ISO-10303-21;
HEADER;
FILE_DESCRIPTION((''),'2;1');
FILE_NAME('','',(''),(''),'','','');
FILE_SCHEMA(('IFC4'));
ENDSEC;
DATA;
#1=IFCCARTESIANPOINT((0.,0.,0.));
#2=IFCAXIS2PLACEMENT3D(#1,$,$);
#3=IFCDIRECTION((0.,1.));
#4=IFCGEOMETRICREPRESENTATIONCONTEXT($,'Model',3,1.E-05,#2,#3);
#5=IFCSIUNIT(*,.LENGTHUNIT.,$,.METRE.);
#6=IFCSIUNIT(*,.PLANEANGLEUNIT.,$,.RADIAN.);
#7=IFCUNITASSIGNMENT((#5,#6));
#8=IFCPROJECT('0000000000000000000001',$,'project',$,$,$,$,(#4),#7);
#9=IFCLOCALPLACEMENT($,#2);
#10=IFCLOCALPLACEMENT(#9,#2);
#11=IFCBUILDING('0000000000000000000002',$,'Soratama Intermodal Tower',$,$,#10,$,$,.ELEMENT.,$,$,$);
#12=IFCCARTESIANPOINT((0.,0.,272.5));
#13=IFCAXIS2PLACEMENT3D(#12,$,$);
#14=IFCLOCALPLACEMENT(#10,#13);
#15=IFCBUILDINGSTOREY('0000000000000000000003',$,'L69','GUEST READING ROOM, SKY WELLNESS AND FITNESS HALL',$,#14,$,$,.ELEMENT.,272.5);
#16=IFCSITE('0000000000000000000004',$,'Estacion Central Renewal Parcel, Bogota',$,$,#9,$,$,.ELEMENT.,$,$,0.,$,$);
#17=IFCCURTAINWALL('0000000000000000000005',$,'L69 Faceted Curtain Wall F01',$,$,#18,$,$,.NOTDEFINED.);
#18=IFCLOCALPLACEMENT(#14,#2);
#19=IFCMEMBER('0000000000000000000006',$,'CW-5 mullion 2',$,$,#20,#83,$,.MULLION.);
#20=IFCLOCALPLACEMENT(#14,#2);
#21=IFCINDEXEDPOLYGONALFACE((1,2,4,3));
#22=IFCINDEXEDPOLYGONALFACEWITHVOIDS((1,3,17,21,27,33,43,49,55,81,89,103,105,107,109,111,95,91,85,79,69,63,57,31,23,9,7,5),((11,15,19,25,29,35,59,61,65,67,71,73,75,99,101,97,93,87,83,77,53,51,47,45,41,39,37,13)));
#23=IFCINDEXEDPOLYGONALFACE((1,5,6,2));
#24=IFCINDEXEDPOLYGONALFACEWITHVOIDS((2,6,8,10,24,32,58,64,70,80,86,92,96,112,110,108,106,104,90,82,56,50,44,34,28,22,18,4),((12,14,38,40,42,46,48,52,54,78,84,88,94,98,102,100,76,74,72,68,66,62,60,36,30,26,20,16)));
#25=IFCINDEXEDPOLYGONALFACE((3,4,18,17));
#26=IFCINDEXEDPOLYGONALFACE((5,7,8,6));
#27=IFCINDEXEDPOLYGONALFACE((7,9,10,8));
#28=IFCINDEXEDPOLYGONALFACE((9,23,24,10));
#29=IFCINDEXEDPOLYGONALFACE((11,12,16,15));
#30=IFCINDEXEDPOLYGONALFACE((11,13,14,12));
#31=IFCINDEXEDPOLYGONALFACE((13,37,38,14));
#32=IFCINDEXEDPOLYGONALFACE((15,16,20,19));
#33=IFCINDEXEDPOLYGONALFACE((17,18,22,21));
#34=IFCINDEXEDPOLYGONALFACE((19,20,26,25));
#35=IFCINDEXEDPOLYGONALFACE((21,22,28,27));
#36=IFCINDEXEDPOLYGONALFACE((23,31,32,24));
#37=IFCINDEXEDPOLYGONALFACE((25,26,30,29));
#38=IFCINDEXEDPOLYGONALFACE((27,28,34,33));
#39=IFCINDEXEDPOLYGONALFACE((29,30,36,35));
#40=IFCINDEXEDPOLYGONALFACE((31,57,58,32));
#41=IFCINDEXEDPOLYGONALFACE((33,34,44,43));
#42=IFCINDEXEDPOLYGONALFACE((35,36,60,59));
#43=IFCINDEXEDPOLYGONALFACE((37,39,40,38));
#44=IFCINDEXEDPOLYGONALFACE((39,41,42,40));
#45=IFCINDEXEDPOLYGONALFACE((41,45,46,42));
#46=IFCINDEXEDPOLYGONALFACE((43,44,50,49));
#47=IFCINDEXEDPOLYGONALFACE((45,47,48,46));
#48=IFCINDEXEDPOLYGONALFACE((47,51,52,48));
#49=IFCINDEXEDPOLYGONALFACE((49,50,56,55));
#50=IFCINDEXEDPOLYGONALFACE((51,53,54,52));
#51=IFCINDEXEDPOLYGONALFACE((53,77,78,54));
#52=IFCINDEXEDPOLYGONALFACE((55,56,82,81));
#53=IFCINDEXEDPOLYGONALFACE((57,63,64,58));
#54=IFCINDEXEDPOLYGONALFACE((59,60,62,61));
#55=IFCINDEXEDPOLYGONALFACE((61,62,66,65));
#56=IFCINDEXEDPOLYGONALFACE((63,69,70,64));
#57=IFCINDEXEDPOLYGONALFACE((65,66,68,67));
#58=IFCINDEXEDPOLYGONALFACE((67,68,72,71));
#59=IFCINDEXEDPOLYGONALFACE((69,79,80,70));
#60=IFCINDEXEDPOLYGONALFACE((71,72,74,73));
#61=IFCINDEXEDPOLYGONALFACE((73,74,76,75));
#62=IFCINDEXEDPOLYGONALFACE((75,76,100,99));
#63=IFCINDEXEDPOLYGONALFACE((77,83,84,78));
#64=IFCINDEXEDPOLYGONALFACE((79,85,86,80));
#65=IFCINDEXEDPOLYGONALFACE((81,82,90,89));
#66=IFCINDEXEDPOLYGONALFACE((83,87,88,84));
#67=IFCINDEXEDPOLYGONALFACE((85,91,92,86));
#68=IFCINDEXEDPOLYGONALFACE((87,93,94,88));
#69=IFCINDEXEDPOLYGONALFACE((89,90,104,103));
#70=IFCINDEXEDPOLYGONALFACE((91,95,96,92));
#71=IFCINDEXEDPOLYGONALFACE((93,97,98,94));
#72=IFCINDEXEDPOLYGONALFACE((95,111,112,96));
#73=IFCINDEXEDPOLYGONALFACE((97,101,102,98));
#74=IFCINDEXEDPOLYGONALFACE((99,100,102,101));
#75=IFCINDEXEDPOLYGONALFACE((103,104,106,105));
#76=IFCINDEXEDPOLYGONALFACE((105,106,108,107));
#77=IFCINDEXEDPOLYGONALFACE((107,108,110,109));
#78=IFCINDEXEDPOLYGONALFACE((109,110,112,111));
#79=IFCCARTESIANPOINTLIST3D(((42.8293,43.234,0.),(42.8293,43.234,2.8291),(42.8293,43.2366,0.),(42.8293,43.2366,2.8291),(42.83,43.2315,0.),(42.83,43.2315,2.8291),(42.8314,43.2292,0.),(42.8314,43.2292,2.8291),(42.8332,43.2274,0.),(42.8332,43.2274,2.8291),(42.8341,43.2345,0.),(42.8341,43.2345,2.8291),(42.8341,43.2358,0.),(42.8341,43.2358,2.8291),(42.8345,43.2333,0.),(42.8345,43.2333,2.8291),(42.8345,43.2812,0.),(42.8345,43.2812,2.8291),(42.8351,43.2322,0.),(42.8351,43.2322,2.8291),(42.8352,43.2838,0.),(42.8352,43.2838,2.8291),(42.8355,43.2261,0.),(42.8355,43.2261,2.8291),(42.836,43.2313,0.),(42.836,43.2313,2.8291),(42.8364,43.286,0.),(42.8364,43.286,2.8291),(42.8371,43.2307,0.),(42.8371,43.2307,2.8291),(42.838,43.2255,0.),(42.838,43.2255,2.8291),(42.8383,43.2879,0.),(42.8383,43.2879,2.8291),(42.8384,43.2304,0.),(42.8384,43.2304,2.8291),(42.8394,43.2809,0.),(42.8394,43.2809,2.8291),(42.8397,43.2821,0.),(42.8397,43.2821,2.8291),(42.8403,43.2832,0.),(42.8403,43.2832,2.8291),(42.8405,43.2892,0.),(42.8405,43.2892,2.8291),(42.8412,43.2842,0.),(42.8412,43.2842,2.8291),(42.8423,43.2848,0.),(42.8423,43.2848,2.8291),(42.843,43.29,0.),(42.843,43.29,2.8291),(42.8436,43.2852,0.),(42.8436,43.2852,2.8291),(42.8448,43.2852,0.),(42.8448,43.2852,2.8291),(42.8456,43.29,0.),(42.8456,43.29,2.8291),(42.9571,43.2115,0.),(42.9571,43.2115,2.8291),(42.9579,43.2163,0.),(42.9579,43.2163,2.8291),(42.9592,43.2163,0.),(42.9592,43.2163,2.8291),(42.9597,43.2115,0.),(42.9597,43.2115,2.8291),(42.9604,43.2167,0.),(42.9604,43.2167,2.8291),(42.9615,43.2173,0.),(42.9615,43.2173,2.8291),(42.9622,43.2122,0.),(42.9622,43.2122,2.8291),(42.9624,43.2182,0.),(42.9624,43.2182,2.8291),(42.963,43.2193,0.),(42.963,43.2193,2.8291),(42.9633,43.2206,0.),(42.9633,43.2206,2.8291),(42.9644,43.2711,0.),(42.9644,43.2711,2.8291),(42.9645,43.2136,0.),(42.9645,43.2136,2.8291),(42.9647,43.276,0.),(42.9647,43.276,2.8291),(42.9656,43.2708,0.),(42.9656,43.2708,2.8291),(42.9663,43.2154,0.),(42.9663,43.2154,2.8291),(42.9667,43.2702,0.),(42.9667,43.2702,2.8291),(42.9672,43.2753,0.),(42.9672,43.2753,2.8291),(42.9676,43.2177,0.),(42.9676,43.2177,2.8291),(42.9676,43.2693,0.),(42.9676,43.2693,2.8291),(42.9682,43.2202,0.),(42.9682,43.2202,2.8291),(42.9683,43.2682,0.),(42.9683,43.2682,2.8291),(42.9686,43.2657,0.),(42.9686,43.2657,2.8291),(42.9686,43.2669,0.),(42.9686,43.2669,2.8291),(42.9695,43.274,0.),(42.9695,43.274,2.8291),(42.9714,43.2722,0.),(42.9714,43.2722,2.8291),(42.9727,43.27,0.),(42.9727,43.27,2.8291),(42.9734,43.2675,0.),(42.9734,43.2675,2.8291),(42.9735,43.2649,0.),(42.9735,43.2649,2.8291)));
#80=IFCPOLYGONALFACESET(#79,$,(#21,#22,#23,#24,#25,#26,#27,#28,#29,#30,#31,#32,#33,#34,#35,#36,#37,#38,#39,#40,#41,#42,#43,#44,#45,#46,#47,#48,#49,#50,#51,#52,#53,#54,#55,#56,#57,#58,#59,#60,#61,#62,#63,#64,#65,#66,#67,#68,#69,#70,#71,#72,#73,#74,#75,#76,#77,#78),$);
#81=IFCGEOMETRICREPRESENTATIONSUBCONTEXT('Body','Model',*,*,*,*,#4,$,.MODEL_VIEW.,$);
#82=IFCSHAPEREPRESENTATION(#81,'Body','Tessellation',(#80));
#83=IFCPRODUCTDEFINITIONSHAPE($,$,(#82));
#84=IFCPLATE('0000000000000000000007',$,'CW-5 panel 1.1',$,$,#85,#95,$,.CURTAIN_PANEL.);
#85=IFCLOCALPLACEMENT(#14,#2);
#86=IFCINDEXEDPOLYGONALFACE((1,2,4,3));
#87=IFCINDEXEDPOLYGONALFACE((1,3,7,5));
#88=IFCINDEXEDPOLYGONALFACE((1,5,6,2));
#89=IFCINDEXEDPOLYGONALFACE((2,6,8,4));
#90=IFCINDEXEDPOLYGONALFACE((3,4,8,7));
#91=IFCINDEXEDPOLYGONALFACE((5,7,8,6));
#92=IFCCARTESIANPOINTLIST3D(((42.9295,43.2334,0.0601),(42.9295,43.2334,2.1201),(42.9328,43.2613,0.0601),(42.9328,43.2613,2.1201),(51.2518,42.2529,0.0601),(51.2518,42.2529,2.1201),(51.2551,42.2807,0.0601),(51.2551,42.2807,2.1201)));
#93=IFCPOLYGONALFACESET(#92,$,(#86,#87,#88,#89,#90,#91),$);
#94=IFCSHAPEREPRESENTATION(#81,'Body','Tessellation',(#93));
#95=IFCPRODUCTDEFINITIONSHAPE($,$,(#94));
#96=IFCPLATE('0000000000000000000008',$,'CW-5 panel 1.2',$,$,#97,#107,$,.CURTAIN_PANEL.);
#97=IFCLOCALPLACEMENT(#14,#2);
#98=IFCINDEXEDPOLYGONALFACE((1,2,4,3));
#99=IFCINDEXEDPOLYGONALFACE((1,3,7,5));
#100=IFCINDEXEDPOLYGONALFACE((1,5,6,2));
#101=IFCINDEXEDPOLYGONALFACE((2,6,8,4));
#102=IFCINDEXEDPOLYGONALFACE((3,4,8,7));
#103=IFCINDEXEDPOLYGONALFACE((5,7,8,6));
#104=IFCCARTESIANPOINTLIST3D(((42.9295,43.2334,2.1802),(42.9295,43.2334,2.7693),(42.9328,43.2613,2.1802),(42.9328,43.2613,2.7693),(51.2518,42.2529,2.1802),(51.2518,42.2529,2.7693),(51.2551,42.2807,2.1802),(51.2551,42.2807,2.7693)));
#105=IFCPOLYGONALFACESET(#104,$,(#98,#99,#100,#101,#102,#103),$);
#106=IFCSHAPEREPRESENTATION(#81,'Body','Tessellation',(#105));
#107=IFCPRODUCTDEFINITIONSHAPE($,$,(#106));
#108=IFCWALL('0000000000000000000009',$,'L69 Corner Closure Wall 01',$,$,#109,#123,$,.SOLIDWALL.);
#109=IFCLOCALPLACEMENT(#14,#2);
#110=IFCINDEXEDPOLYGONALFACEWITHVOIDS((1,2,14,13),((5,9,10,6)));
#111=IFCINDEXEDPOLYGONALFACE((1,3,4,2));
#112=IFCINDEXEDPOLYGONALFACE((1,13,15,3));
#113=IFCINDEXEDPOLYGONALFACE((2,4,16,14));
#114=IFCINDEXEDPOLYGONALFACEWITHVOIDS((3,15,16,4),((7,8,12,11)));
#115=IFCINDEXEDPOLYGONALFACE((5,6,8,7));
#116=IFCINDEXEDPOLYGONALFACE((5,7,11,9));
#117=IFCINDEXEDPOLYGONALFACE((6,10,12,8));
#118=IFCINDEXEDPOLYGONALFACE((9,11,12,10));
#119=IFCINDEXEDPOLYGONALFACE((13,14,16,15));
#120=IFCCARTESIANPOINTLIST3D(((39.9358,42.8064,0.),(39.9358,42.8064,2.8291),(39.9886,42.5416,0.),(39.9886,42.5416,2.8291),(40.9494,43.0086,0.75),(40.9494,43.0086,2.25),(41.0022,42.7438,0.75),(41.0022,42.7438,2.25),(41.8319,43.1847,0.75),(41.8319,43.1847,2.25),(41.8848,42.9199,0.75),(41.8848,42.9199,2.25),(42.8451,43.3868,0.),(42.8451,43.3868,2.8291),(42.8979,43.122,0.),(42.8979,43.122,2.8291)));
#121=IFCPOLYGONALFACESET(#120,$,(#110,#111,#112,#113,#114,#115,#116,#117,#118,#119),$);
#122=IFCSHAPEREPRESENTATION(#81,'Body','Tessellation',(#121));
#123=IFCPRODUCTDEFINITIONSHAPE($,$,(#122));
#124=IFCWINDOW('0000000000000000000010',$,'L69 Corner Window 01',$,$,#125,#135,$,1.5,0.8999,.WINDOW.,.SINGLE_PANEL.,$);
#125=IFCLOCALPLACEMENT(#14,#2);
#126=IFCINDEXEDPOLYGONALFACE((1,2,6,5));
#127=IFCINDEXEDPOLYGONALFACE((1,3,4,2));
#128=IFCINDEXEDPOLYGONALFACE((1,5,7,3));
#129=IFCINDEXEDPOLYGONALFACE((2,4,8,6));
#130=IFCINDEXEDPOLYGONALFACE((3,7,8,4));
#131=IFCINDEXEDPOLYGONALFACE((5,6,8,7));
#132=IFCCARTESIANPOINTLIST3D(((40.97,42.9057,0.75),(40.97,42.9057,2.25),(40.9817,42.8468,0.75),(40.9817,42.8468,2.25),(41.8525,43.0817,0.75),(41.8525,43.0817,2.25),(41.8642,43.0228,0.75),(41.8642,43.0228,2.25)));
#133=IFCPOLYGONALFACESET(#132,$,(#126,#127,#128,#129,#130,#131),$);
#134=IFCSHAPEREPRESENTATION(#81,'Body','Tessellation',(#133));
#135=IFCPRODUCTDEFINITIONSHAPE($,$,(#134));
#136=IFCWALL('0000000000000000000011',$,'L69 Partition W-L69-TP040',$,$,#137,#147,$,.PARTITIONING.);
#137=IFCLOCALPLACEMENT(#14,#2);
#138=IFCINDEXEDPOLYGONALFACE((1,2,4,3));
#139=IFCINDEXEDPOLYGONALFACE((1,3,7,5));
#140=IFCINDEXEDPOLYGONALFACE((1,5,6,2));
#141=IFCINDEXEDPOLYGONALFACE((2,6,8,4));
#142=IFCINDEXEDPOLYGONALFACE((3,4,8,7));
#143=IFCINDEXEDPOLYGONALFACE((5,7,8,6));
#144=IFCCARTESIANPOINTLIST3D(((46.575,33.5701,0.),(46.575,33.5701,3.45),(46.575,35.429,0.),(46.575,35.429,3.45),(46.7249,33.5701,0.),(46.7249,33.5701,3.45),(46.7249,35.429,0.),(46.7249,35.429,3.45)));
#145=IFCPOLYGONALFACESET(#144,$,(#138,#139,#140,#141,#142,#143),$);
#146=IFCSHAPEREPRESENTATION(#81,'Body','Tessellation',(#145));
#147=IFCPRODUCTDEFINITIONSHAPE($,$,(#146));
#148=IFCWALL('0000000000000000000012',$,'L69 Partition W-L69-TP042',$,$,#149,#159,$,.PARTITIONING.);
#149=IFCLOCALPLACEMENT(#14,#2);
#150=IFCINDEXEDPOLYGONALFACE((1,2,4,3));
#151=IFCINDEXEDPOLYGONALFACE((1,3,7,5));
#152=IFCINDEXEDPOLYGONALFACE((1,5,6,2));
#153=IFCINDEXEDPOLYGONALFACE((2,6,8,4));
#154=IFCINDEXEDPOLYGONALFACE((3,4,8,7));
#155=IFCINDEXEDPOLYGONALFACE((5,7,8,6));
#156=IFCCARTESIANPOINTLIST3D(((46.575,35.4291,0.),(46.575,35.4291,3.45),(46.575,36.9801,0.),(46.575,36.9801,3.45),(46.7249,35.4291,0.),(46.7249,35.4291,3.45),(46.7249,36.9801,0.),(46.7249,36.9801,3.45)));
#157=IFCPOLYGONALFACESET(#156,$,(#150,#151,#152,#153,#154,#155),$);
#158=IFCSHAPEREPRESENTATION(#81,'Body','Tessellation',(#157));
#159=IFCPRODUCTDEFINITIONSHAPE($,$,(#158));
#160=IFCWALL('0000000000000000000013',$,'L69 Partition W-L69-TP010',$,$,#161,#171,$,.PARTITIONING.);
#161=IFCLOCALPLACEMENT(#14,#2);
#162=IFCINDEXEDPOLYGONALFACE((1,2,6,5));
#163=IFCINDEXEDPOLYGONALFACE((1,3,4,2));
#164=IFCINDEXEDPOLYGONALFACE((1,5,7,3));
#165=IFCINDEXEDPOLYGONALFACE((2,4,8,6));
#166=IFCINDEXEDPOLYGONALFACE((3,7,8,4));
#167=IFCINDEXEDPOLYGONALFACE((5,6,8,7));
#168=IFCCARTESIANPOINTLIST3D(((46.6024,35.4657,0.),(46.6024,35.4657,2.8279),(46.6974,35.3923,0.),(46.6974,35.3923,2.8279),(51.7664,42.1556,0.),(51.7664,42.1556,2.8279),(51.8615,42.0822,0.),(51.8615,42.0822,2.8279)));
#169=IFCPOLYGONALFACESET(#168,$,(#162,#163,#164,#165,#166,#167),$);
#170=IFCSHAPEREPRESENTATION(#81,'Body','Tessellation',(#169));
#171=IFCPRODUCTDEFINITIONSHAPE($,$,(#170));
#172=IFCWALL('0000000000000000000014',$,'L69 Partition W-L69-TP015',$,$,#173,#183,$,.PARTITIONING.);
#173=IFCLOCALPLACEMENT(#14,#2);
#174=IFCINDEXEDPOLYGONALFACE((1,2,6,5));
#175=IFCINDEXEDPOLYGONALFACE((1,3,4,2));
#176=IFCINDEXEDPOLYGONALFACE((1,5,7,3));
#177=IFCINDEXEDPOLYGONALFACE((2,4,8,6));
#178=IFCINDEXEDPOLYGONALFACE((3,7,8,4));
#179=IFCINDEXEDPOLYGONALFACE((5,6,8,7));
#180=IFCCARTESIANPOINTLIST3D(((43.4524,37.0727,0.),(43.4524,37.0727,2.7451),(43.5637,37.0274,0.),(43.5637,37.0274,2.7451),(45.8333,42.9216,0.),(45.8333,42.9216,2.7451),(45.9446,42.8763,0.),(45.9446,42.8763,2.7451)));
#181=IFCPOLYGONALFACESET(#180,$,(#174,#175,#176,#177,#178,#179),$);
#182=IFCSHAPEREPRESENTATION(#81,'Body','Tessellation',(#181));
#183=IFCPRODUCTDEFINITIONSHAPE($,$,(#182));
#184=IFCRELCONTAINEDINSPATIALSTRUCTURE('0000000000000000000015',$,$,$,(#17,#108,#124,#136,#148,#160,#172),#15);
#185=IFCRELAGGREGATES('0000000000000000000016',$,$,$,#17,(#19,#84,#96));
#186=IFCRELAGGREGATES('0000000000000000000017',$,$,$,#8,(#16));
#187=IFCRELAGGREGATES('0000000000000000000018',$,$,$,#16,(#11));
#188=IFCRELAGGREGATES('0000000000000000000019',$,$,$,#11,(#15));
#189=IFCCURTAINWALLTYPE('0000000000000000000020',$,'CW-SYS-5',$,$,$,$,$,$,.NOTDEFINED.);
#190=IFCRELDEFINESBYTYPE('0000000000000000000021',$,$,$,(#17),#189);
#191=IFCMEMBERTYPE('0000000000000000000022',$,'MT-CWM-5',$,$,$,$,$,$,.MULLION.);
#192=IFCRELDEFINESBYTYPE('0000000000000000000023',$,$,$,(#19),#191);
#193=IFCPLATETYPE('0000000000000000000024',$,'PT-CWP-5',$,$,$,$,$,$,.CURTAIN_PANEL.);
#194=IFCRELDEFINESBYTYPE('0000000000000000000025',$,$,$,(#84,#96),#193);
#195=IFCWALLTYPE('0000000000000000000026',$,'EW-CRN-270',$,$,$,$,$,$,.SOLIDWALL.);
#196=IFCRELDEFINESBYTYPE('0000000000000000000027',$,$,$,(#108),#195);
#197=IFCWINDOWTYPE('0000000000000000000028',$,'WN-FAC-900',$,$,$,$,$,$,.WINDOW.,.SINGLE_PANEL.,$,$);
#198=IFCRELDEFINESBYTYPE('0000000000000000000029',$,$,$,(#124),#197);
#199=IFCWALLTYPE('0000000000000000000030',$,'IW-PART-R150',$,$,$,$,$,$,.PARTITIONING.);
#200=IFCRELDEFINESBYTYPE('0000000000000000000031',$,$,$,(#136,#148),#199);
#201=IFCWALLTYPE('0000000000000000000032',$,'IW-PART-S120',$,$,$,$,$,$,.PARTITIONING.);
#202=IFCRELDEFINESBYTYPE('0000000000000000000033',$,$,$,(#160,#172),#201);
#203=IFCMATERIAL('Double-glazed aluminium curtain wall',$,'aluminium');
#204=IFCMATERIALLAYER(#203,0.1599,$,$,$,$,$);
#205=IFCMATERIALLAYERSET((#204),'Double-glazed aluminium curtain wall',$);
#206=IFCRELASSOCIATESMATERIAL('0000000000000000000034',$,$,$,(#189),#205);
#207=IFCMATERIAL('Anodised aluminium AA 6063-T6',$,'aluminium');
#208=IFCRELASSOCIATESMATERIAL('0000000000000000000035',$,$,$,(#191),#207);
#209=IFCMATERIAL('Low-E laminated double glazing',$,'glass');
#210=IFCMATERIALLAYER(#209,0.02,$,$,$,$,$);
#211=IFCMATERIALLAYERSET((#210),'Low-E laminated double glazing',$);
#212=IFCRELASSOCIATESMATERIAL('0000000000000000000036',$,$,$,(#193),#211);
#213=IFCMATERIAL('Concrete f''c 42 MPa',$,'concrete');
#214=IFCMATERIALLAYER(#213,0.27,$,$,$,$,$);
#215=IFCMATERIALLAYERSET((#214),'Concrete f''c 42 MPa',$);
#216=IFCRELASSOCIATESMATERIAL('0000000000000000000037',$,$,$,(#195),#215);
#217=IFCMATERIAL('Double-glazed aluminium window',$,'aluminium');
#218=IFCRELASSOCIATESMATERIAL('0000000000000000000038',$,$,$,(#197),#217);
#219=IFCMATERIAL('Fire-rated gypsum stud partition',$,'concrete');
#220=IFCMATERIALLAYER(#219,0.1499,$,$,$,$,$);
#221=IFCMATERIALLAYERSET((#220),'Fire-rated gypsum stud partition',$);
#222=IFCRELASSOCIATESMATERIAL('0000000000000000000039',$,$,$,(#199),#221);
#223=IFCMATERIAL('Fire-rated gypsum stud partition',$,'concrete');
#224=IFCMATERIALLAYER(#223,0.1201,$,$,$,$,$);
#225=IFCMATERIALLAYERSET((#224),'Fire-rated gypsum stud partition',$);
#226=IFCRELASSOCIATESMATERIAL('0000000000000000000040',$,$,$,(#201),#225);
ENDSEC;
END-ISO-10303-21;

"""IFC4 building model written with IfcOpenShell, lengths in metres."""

from ifc_helpers import new_model, si_unit, direction, frame, frame_2d, origin, origin_2d, place, context, subcontext, project, spatial, rectangle, hollow_rectangle, extrude, material, layer, layer_set, material_profile, profile_set, type_object, element, fill, aggregate, save


model = new_model("IFC4")

# Units and contexts
model_context = context("Model", 3, precision=1e-05, world=origin(), true_north=direction((0.0, 1.0)))
body_context = subcontext(model_context, "Body", "Model", "MODEL_VIEW")
ifc_project = project(units=[si_unit("LENGTHUNIT", "METRE"), si_unit("PLANEANGLEUNIT", "RADIAN")], contexts=[model_context])

# Site, building, storey
site_placement = place(None, origin())
site = spatial("IfcSite", under=ifc_project, at=site_placement, Name="Estacion Central Renewal Parcel, Bogota", CompositionType="ELEMENT", RefElevation=0.0)
building_placement = place(site_placement, origin())
building = spatial("IfcBuilding", under=site, at=building_placement, Name="Soratama Intermodal Tower", CompositionType="ELEMENT")
storey_placement = place(building_placement, frame((0.0, 0.0, 272.5)))
storey = spatial("IfcBuildingStorey", under=building, at=storey_placement, Name="L69", Description="GUEST READING ROOM, SKY WELLNESS AND FITNESS HALL", CompositionType="ELEMENT", Elevation=272.5)

# Curtain wall, member, plates
ifc_material_1 = material(Name="Double-glazed aluminium curtain wall", Category="aluminium")
ifc_layer_1 = layer(ifc_material_1, 0.1599)
ifc_layer_set_1 = layer_set([ifc_layer_1], Name="Double-glazed aluminium curtain wall")
curtain_wall_type = type_object("IfcCurtainWallType", Name="CW-SYS-5", PredefinedType="NOTDEFINED", material=ifc_layer_set_1)
curtain_wall_placement = place(storey_placement, origin())
curtain_wall = element("IfcCurtainWall", 1, at=curtain_wall_placement, inside=storey, type_object=curtain_wall_type, Name="L69 Faceted Curtain Wall F01", PredefinedType="NOTDEFINED")
ifc_material_2 = material(Name="Anodised aluminium AA 6063-T6", Category="aluminium")
ifc_material_profile_1 = material_profile(ifc_material_2, hollow_rectangle(XDim=0.0649, YDim=0.1399, WallThickness=0.0049, InnerFilletRadius=0.0049, OuterFilletRadius=0.01, at=origin_2d()), Name="CWM140X65X5")
ifc_profile_set_1 = profile_set([ifc_material_profile_1], Name="Anodised aluminium AA 6063-T6")
member_type = type_object("IfcMemberType", Name="MT-CWM-5", PredefinedType="MULLION", material=ifc_profile_set_1)
member_placement = place(storey_placement, frame((42.9014, 43.2507, 0.0), z_axis=(0.0, 0.0, 1.0), x_axis=(-0.117013, -0.99313, 0.0)))
member = element("IfcMember", 2, at=member_placement, type_object=member_type, Name="CW-5 mullion 2", PredefinedType="MULLION", context=body_context, shape_type="SweptSolid", body=[
    extrude(hollow_rectangle(XDim=0.0649, YDim=0.1399, WallThickness=0.0049, InnerFilletRadius=0.0049, OuterFilletRadius=0.01, at=origin_2d()), origin(), (0.0, 0.0, 1.0), 2.8291),
])
ifc_material_3 = material(Name="Low-E laminated double glazing", Category="glass")
ifc_layer_2 = layer(ifc_material_3, 0.02)
ifc_layer_set_2 = layer_set([ifc_layer_2], Name="Low-E laminated double glazing")
plate_type = type_object("IfcPlateType", Name="PT-CWP-5", PredefinedType="CURTAIN_PANEL", material=ifc_layer_set_2)
plate_1_placement = place(storey_placement, frame((47.0923, 42.7571, 0.0601), z_axis=(0.0, 0.0, 1.0), x_axis=(-0.99313, 0.117013, 0.0)))
plate_1 = element("IfcPlate", 3, at=plate_1_placement, type_object=plate_type, Name="CW-5 panel 1.1", PredefinedType="CURTAIN_PANEL", context=body_context, shape_type="SweptSolid", body=[
    extrude(rectangle(XDim=8.3799, YDim=0.0281, at=origin_2d()), origin(), (0.0, 0.0, 1.0), 2.0601),
])
plate_2_placement = place(storey_placement, frame((47.0923, 42.7571, 2.1802), z_axis=(0.0, 0.0, 1.0), x_axis=(-0.99313, 0.117013, 0.0)))
plate_2 = element("IfcPlate", 4, at=plate_2_placement, type_object=plate_type, Name="CW-5 panel 1.2", PredefinedType="CURTAIN_PANEL", context=body_context, shape_type="SweptSolid", body=[
    extrude(rectangle(XDim=8.3799, YDim=0.0281, at=origin_2d()), origin(), (0.0, 0.0, 1.0), 0.5891),
])
aggregate(curtain_wall, [member, plate_1, plate_2])

# Wall, opening, window
ifc_material_4 = material(Name="Concrete f'c 42 MPa", Category="concrete")
ifc_layer_3 = layer(ifc_material_4, 0.27)
ifc_layer_set_3 = layer_set([ifc_layer_3], Name="Concrete f'c 42 MPa")
wall_type_1 = type_object("IfcWallType", Name="EW-CRN-270", PredefinedType="SOLIDWALL", material=ifc_layer_set_3)
wall_1_placement = place(storey_placement, frame((42.8716, 43.2544, 0.0), z_axis=(0.0, 0.0, 1.0), x_axis=(-0.980679, -0.195625, 0.0)))
wall_1 = element("IfcWall", 5, at=wall_1_placement, inside=storey, type_object=wall_type_1, Name="L69 Corner Closure Wall 01", PredefinedType="SOLIDWALL", context=body_context, shape_type="SweptSolid", body=[
    extrude(rectangle(XDim=2.9666, YDim=0.27, at=frame_2d((1.4834, 0.0))), origin(), (0.0, 0.0, 1.0), 2.8291),
])
opening_1_placement = place(wall_1_placement, frame((1.0332, 0.0, 0.75)))
opening_1 = element("IfcOpeningElement", 6, at=opening_1_placement, cuts=wall_1, PredefinedType="OPENING", context=body_context, shape_type="SweptSolid", body=[
    extrude(rectangle(XDim=0.8999, YDim=1.5, at=frame_2d((0.45, 0.75))), frame((0.0, 0.145, 0.0), z_axis=(0.0, -1.0, 0.0), x_axis=(1.0, 0.0, 0.0)), (0.0, 0.0, 1.0), 0.29),
])
ifc_material_5 = material(Name="Double-glazed aluminium window", Category="aluminium")
window_type = type_object("IfcWindowType", Name="WN-FAC-900", PartitioningType="SINGLE_PANEL", PredefinedType="WINDOW", material=ifc_material_5)
window_placement = place(opening_1_placement, origin())
window = element("IfcWindow", 7, at=window_placement, inside=storey, type_object=window_type, Name="L69 Corner Window 01", OverallHeight=1.5, OverallWidth=0.8999, PartitioningType="SINGLE_PANEL", PredefinedType="WINDOW", context=body_context, shape_type="SweptSolid", body=[
    extrude(rectangle(XDim=0.8999, YDim=1.5, at=frame_2d((0.45, 0.75))), frame((0.0, 0.03, 0.0), z_axis=(0.0, -1.0, 0.0), x_axis=(1.0, 0.0, 0.0)), (0.0, 0.0, 1.0), 0.0601),
])
fill(opening_1, window)

# Shared definitions
ifc_material_6 = material(Name="Fire-rated gypsum stud partition", Category="concrete")
ifc_layer_4 = layer(ifc_material_6, 0.1499)
ifc_layer_set_4 = layer_set([ifc_layer_4], Name="Fire-rated gypsum stud partition")
wall_type_2 = type_object("IfcWallType", Name="IW-PART-R150", PredefinedType="PARTITIONING", material=ifc_layer_set_4)

# Walls
wall_2_placement = place(storey_placement, frame((46.6499, 35.429, 0.0), z_axis=(0.0, 0.0, 1.0), x_axis=(0.0, -1.0, 0.0)))
element("IfcWall", 8, at=wall_2_placement, inside=storey, type_object=wall_type_2, Name="L69 Partition W-L69-TP040", PredefinedType="PARTITIONING", context=body_context, shape_type="SweptSolid", body=[
    extrude(rectangle(XDim=1.8589, YDim=0.1499, at=frame_2d((0.9294, 0.0))), origin(), (0.0, 0.0, 1.0), 3.45),
])
wall_3_placement = place(storey_placement, frame((46.6499, 36.98, 0.0), z_axis=(0.0, 0.0, 1.0), x_axis=(0.0, -1.0, 0.0)))
element("IfcWall", 9, at=wall_3_placement, inside=storey, type_object=wall_type_2, Name="L69 Partition W-L69-TP042", PredefinedType="PARTITIONING", context=body_context, shape_type="SweptSolid", body=[
    extrude(rectangle(XDim=1.551, YDim=0.1499, at=frame_2d((0.7754, 0.0))), origin(), (0.0, 0.0, 1.0), 3.45),
])
ifc_material_7 = material(Name="Fire-rated gypsum stud partition", Category="concrete")
ifc_layer_5 = layer(ifc_material_7, 0.1201)
ifc_layer_set_5 = layer_set([ifc_layer_5], Name="Fire-rated gypsum stud partition")
wall_type_3 = type_object("IfcWallType", Name="IW-PART-S120", PredefinedType="PARTITIONING", material=ifc_layer_set_5)
wall_4_placement = place(storey_placement, frame((46.6499, 35.429, 0.0), z_axis=(0.0, 0.0, 1.0), x_axis=(0.611045, 0.791596, 0.0)))
element("IfcWall", 10, at=wall_4_placement, inside=storey, type_object=wall_type_3, Name="L69 Partition W-L69-TP010", PredefinedType="PARTITIONING", context=body_context, shape_type="SweptSolid", body=[
    extrude(rectangle(XDim=8.4512, YDim=0.1201, at=frame_2d((4.2256, 0.0))), origin(), (0.0, 0.0, 1.0), 2.8279),
])
wall_5_placement = place(storey_placement, frame((43.5081, 37.05, 0.0), z_axis=(0.0, 0.0, 1.0), x_axis=(0.377023, 0.926204, 0.0)))
element("IfcWall", 11, at=wall_5_placement, inside=storey, type_object=wall_type_3, Name="L69 Partition W-L69-TP015", PredefinedType="PARTITIONING", context=body_context, shape_type="SweptSolid", body=[
    extrude(rectangle(XDim=6.3149, YDim=0.1201, at=frame_2d((3.1575, 0.0))), origin(), (0.0, 0.0, 1.0), 2.7451),
])

save(model, "model.ifc")
